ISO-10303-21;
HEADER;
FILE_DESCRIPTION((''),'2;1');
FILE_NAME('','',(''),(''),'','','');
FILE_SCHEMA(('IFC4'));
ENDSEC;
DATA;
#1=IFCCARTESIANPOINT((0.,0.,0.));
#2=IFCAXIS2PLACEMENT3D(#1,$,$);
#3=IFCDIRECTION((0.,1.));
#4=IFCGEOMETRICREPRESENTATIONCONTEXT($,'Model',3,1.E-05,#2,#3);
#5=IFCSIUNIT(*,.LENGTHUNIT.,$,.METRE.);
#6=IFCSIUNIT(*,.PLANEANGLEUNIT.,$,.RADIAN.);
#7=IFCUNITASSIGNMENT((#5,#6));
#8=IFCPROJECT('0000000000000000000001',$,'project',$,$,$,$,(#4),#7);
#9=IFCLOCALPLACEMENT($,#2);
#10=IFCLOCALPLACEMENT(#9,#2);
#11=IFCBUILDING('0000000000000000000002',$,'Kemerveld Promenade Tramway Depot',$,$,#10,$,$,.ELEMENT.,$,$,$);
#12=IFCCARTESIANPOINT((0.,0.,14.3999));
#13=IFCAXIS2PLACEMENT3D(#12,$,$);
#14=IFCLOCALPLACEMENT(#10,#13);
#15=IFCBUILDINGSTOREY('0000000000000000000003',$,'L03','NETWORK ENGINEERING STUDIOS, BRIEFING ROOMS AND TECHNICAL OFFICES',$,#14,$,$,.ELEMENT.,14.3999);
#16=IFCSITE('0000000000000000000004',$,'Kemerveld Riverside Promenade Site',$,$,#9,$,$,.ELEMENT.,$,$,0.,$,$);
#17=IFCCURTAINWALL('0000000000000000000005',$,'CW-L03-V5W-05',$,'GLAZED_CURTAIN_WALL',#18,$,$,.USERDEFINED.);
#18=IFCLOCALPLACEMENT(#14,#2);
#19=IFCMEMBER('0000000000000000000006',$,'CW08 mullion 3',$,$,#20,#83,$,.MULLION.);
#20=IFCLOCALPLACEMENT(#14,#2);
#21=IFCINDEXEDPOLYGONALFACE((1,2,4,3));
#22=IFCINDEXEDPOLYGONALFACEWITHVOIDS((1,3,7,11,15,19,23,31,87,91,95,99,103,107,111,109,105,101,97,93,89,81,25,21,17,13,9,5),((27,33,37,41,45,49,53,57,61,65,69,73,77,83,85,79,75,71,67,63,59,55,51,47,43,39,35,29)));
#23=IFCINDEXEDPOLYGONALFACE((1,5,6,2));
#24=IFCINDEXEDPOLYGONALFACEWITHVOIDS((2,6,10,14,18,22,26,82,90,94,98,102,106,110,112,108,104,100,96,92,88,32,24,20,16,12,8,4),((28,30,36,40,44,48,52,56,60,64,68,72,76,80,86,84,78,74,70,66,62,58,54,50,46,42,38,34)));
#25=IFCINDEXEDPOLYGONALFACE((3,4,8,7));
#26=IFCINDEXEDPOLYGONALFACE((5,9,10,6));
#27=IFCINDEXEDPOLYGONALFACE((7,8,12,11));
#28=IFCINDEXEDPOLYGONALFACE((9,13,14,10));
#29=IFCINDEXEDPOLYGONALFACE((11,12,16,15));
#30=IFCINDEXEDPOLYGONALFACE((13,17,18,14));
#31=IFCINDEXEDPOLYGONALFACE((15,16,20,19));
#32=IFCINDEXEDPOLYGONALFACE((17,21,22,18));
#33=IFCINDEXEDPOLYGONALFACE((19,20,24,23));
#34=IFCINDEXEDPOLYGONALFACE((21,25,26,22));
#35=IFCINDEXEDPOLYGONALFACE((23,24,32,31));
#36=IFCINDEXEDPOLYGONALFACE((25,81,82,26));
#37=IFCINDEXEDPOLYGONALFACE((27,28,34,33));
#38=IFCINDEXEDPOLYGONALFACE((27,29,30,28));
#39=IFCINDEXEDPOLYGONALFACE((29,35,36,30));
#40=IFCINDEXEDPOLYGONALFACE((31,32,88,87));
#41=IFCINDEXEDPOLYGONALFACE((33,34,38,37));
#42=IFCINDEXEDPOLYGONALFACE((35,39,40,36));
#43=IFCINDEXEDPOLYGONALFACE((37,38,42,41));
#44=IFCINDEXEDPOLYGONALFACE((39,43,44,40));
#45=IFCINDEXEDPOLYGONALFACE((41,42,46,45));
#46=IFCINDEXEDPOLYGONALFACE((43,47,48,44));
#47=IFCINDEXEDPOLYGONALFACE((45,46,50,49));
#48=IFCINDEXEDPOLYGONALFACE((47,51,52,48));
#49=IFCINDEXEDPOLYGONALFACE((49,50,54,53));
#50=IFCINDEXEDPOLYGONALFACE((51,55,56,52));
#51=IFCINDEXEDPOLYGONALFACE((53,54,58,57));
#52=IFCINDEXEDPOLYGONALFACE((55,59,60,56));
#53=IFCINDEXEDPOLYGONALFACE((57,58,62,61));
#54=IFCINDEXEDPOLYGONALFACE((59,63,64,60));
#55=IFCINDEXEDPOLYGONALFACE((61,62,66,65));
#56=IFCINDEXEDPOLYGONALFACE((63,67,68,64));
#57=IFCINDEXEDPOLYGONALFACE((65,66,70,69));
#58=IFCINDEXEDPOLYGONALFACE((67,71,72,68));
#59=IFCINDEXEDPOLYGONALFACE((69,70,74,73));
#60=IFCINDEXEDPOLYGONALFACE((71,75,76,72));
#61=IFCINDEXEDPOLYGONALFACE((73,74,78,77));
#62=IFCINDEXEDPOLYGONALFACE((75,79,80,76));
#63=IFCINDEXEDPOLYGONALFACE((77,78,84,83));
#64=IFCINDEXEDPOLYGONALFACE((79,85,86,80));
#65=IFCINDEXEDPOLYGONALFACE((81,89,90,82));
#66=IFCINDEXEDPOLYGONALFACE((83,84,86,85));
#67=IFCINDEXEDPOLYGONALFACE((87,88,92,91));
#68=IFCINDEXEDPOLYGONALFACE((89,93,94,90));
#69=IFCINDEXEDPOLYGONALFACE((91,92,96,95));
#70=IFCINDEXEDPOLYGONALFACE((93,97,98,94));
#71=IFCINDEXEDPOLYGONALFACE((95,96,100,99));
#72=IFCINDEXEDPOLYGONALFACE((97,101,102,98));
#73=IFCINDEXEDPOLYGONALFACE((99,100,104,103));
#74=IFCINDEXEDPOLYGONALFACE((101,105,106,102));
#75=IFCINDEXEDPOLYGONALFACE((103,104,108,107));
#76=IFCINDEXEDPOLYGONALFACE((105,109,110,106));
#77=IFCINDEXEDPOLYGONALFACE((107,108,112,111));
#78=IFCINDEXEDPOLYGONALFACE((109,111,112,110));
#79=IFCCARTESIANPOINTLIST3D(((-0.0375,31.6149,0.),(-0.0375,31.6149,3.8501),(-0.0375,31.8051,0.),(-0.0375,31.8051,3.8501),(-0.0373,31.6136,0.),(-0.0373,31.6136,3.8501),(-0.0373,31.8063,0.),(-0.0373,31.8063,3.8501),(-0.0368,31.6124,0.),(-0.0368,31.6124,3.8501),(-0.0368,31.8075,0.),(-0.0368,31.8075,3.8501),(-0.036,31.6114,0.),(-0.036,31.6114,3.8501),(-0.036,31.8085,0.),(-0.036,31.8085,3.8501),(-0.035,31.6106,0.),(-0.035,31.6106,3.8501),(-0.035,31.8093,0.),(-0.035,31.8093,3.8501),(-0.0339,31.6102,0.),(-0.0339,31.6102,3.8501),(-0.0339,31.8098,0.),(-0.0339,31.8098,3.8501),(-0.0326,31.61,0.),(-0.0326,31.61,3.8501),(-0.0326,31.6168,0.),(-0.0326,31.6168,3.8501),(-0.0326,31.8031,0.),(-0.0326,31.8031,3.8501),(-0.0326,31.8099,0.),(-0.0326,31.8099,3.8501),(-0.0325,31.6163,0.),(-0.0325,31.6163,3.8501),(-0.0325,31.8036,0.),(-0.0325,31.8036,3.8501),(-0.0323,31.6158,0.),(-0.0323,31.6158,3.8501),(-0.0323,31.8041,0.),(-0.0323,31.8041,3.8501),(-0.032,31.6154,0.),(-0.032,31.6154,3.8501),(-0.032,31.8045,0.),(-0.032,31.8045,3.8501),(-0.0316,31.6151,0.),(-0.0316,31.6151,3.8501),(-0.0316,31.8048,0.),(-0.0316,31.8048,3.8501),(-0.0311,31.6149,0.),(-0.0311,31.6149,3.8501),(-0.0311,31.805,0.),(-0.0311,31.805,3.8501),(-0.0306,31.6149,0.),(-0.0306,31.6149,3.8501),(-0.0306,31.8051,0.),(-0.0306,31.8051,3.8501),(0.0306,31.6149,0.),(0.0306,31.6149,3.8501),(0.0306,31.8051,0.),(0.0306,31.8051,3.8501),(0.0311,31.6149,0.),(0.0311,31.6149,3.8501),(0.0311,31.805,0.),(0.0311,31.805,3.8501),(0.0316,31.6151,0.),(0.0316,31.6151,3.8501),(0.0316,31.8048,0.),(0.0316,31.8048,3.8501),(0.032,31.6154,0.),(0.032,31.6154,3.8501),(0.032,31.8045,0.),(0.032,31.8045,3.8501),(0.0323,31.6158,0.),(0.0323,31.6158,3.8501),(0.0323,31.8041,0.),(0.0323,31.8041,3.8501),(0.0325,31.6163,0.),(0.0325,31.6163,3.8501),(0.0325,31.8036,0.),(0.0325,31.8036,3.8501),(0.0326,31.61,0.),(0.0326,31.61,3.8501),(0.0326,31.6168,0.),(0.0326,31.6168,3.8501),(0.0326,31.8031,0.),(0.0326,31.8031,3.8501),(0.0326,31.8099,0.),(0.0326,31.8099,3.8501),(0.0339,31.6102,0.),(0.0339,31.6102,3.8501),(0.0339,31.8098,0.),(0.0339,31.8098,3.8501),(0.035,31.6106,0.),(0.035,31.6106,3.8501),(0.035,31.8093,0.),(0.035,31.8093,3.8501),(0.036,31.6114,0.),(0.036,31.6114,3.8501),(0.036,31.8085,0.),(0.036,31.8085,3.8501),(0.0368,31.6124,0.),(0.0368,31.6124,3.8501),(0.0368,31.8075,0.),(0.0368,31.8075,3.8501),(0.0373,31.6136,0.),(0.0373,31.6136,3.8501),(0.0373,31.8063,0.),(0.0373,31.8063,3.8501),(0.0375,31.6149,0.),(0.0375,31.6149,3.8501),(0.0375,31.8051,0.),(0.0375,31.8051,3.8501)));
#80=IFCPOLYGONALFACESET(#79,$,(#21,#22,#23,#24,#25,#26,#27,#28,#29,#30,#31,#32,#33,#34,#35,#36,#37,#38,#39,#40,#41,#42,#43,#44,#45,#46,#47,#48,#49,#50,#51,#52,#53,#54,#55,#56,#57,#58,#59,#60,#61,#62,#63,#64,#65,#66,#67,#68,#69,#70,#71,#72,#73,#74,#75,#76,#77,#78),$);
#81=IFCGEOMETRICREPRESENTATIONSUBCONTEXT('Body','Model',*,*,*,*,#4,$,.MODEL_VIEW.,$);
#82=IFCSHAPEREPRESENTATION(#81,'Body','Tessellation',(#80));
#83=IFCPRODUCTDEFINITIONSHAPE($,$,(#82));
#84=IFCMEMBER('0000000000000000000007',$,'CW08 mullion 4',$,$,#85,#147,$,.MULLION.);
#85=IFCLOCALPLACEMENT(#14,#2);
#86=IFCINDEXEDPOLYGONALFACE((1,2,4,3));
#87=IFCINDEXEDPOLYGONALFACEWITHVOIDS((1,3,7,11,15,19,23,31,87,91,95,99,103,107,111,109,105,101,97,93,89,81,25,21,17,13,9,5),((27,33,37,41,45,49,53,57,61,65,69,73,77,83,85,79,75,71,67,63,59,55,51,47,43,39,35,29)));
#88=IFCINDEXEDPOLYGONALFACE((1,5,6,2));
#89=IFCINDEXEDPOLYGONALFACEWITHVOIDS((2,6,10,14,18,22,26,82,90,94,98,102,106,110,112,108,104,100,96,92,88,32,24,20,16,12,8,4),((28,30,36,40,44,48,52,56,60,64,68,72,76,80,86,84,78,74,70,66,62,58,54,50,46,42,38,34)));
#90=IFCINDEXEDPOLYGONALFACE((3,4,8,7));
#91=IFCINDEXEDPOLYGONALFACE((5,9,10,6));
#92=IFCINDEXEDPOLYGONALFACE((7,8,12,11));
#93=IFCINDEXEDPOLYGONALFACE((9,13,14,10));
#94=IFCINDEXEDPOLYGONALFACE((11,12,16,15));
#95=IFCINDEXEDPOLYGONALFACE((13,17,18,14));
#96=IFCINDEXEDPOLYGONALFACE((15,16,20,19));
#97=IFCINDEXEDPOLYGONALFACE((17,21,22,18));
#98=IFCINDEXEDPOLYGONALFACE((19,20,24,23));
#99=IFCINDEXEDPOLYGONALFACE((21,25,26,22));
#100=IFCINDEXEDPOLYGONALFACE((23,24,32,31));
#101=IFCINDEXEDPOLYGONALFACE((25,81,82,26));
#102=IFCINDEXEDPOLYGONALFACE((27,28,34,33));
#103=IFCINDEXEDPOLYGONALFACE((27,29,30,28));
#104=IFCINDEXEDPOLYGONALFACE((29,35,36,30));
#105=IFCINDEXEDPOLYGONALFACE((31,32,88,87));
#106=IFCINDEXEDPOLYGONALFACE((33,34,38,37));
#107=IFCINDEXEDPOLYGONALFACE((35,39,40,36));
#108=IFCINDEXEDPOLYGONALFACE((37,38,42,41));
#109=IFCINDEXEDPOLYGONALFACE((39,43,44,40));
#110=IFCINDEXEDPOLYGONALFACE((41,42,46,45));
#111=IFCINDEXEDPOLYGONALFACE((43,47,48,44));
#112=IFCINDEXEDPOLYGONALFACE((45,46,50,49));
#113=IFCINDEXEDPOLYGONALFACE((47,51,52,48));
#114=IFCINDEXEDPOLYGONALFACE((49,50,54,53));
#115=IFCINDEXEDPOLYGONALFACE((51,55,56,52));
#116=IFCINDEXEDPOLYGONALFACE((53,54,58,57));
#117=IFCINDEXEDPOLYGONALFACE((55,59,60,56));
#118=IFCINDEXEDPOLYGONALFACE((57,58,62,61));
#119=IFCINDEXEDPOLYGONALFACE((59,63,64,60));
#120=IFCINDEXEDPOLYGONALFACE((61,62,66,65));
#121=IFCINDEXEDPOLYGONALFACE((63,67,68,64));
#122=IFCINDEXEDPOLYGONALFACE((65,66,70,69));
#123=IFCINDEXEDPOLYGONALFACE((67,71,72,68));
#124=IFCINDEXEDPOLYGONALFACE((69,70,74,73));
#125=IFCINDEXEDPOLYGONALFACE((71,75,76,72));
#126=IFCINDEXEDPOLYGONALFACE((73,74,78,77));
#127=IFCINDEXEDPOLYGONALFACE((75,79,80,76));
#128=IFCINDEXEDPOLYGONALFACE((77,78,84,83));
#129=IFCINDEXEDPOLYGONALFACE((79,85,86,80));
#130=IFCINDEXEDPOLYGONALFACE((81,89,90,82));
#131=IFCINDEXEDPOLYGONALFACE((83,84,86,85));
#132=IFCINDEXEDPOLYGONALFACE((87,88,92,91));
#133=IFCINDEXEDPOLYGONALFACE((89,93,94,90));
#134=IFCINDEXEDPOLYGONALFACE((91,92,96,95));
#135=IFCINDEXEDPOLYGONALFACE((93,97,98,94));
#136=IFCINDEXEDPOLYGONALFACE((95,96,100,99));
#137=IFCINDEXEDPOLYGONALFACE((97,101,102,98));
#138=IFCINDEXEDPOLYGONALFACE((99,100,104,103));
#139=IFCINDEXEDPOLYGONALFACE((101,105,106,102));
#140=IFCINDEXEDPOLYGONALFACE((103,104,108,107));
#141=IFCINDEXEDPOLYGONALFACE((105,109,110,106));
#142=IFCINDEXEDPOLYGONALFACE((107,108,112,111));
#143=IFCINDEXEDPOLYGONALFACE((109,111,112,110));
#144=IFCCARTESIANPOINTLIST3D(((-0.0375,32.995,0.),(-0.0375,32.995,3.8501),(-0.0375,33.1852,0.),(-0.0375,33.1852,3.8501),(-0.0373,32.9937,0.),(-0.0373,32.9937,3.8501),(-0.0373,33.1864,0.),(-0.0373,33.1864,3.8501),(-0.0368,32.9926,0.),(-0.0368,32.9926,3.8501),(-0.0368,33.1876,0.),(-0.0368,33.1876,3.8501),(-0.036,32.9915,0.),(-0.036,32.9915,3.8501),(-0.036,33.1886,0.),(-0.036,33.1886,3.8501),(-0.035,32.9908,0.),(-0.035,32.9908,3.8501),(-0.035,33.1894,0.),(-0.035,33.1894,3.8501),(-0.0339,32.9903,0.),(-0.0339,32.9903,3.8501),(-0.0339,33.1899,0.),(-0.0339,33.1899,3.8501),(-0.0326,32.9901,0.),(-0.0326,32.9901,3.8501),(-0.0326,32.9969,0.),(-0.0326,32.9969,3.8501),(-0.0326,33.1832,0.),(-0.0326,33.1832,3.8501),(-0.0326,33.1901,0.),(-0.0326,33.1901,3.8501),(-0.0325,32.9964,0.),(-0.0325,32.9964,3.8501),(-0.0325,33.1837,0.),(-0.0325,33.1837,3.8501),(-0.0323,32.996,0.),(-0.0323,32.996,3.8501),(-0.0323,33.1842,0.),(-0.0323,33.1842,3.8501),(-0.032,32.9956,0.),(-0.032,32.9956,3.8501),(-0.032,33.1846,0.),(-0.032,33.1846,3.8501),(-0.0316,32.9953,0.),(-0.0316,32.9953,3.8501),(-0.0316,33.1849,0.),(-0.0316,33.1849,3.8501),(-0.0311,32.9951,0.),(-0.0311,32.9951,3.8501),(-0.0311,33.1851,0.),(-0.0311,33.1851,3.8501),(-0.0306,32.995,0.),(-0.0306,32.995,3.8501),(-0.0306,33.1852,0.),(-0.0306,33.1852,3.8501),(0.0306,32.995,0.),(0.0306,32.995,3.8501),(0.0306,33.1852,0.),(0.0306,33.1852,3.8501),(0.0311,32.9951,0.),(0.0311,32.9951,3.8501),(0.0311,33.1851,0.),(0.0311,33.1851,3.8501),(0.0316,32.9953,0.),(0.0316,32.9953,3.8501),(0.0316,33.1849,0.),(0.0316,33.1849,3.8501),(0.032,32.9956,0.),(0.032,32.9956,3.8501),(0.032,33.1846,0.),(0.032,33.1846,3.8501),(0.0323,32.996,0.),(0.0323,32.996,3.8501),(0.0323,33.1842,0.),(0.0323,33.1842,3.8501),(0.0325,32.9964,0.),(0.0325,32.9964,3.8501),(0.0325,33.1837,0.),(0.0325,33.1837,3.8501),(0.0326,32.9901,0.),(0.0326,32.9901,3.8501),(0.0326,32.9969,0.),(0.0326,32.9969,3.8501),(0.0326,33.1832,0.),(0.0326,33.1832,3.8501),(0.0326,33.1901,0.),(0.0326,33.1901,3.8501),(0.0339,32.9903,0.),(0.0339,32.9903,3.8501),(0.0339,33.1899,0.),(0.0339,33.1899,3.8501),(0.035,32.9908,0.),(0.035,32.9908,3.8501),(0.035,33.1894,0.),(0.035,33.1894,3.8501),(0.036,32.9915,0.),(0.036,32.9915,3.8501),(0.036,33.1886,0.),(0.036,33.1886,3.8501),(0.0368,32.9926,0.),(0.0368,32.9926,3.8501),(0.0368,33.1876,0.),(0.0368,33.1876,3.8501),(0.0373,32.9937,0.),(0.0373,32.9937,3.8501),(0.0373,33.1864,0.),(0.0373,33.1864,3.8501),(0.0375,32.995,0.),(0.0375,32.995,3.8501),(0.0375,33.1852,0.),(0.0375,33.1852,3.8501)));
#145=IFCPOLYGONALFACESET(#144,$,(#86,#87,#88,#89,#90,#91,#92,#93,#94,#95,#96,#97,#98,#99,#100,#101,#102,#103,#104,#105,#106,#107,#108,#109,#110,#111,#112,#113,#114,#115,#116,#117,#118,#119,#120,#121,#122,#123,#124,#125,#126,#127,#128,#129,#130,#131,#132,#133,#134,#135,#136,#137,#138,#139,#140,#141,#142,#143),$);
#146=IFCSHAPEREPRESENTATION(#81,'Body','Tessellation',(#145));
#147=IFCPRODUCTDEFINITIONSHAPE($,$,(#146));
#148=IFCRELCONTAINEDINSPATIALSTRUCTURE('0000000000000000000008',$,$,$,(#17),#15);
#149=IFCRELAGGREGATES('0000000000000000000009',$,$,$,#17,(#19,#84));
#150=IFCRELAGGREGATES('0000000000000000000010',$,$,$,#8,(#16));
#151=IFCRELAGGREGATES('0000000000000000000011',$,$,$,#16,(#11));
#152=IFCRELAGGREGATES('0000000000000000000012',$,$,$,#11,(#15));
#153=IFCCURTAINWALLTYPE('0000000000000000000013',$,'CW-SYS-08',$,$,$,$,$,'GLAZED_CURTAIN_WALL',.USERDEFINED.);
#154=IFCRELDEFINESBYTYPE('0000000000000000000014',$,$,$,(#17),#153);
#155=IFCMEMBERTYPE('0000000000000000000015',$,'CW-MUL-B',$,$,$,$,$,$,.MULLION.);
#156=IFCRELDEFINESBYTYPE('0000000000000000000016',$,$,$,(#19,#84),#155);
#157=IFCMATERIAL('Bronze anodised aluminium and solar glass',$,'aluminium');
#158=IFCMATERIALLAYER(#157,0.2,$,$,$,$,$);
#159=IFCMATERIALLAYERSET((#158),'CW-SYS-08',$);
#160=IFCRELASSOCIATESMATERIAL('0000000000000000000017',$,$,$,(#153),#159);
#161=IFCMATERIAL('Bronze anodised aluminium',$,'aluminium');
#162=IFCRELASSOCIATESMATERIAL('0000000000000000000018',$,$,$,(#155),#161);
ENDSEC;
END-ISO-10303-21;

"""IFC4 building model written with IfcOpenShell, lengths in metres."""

from ifc_helpers import new_model, si_unit, direction, frame, origin, origin_2d, place, context, subcontext, project, spatial, hollow_rectangle, extrude, material, layer, layer_set, material_profile, profile_set, type_object, element, aggregate, save


model = new_model("IFC4")

# Units and contexts
model_context = context("Model", 3, precision=1e-05, world=origin(), true_north=direction((0.0, 1.0)))
body_context = subcontext(model_context, "Body", "Model", "MODEL_VIEW")
ifc_project = project(units=[si_unit("LENGTHUNIT", "METRE"), si_unit("PLANEANGLEUNIT", "RADIAN")], contexts=[model_context])

# Site, building, storey
site_placement = place(None, origin())
site = spatial("IfcSite", under=ifc_project, at=site_placement, Name="Kemerveld Riverside Promenade Site", CompositionType="ELEMENT", RefElevation=0.0)
building_placement = place(site_placement, origin())
building = spatial("IfcBuilding", under=site, at=building_placement, Name="Kemerveld Promenade Tramway Depot", CompositionType="ELEMENT")
storey_placement = place(building_placement, frame((0.0, 0.0, 14.3999)))
storey = spatial("IfcBuildingStorey", under=building, at=storey_placement, Name="L03", Description="NETWORK ENGINEERING STUDIOS, BRIEFING ROOMS AND TECHNICAL OFFICES", CompositionType="ELEMENT", Elevation=14.3999)

# Curtain wall, members
ifc_material_1 = material(Name="Bronze anodised aluminium and solar glass", Category="aluminium")
ifc_layer_1 = layer(ifc_material_1, 0.2)
ifc_layer_set_1 = layer_set([ifc_layer_1], Name="CW-SYS-08")
curtain_wall_type = type_object("IfcCurtainWallType", Name="CW-SYS-08", ElementType="GLAZED_CURTAIN_WALL", PredefinedType="USERDEFINED", material=ifc_layer_set_1)
curtain_wall_placement = place(storey_placement, origin())
curtain_wall = element("IfcCurtainWall", 1, at=curtain_wall_placement, inside=storey, type_object=curtain_wall_type, Name="CW-L03-V5W-05", ObjectType="GLAZED_CURTAIN_WALL", PredefinedType="USERDEFINED")
ifc_material_2 = material(Name="Bronze anodised aluminium", Category="aluminium")
ifc_material_profile_1 = material_profile(ifc_material_2, hollow_rectangle(XDim=0.075, YDim=0.2, WallThickness=0.0049, InnerFilletRadius=0.002, OuterFilletRadius=0.0049, at=origin_2d()), Name="CW-MUL-200x75")
ifc_profile_set_1 = profile_set([ifc_material_profile_1], Name="Bronze anodised aluminium")
member_type_1 = type_object("IfcMemberType", Name="CW-MUL-B", PredefinedType="MULLION", material=ifc_profile_set_1)
member_1_placement = place(storey_placement, frame((0.0, 31.71, 0.0), z_axis=(0.0, 0.0, 1.0), x_axis=(-1.0, 0.0, 0.0)))
member_1 = element("IfcMember", 2, at=member_1_placement, type_object=member_type_1, Name="CW08 mullion 3", PredefinedType="MULLION", context=body_context, shape_type="SweptSolid", body=[
    extrude(hollow_rectangle(XDim=0.075, YDim=0.2, WallThickness=0.0049, InnerFilletRadius=0.002, OuterFilletRadius=0.0049, at=origin_2d()), origin(), (0.0, 0.0, 1.0), 3.8501),
])
member_2_placement = place(storey_placement, frame((0.0, 33.0901, 0.0), z_axis=(0.0, 0.0, 1.0), x_axis=(-1.0, 0.0, 0.0)))
member_2 = element("IfcMember", 3, at=member_2_placement, type_object=member_type_1, Name="CW08 mullion 4", PredefinedType="MULLION", context=body_context, shape_type="SweptSolid", body=[
    extrude(hollow_rectangle(XDim=0.075, YDim=0.2, WallThickness=0.0049, InnerFilletRadius=0.002, OuterFilletRadius=0.0049, at=origin_2d()), origin(), (0.0, 0.0, 1.0), 3.8501),
])
aggregate(curtain_wall, [member_1, member_2])

save(model, "model.ifc")
